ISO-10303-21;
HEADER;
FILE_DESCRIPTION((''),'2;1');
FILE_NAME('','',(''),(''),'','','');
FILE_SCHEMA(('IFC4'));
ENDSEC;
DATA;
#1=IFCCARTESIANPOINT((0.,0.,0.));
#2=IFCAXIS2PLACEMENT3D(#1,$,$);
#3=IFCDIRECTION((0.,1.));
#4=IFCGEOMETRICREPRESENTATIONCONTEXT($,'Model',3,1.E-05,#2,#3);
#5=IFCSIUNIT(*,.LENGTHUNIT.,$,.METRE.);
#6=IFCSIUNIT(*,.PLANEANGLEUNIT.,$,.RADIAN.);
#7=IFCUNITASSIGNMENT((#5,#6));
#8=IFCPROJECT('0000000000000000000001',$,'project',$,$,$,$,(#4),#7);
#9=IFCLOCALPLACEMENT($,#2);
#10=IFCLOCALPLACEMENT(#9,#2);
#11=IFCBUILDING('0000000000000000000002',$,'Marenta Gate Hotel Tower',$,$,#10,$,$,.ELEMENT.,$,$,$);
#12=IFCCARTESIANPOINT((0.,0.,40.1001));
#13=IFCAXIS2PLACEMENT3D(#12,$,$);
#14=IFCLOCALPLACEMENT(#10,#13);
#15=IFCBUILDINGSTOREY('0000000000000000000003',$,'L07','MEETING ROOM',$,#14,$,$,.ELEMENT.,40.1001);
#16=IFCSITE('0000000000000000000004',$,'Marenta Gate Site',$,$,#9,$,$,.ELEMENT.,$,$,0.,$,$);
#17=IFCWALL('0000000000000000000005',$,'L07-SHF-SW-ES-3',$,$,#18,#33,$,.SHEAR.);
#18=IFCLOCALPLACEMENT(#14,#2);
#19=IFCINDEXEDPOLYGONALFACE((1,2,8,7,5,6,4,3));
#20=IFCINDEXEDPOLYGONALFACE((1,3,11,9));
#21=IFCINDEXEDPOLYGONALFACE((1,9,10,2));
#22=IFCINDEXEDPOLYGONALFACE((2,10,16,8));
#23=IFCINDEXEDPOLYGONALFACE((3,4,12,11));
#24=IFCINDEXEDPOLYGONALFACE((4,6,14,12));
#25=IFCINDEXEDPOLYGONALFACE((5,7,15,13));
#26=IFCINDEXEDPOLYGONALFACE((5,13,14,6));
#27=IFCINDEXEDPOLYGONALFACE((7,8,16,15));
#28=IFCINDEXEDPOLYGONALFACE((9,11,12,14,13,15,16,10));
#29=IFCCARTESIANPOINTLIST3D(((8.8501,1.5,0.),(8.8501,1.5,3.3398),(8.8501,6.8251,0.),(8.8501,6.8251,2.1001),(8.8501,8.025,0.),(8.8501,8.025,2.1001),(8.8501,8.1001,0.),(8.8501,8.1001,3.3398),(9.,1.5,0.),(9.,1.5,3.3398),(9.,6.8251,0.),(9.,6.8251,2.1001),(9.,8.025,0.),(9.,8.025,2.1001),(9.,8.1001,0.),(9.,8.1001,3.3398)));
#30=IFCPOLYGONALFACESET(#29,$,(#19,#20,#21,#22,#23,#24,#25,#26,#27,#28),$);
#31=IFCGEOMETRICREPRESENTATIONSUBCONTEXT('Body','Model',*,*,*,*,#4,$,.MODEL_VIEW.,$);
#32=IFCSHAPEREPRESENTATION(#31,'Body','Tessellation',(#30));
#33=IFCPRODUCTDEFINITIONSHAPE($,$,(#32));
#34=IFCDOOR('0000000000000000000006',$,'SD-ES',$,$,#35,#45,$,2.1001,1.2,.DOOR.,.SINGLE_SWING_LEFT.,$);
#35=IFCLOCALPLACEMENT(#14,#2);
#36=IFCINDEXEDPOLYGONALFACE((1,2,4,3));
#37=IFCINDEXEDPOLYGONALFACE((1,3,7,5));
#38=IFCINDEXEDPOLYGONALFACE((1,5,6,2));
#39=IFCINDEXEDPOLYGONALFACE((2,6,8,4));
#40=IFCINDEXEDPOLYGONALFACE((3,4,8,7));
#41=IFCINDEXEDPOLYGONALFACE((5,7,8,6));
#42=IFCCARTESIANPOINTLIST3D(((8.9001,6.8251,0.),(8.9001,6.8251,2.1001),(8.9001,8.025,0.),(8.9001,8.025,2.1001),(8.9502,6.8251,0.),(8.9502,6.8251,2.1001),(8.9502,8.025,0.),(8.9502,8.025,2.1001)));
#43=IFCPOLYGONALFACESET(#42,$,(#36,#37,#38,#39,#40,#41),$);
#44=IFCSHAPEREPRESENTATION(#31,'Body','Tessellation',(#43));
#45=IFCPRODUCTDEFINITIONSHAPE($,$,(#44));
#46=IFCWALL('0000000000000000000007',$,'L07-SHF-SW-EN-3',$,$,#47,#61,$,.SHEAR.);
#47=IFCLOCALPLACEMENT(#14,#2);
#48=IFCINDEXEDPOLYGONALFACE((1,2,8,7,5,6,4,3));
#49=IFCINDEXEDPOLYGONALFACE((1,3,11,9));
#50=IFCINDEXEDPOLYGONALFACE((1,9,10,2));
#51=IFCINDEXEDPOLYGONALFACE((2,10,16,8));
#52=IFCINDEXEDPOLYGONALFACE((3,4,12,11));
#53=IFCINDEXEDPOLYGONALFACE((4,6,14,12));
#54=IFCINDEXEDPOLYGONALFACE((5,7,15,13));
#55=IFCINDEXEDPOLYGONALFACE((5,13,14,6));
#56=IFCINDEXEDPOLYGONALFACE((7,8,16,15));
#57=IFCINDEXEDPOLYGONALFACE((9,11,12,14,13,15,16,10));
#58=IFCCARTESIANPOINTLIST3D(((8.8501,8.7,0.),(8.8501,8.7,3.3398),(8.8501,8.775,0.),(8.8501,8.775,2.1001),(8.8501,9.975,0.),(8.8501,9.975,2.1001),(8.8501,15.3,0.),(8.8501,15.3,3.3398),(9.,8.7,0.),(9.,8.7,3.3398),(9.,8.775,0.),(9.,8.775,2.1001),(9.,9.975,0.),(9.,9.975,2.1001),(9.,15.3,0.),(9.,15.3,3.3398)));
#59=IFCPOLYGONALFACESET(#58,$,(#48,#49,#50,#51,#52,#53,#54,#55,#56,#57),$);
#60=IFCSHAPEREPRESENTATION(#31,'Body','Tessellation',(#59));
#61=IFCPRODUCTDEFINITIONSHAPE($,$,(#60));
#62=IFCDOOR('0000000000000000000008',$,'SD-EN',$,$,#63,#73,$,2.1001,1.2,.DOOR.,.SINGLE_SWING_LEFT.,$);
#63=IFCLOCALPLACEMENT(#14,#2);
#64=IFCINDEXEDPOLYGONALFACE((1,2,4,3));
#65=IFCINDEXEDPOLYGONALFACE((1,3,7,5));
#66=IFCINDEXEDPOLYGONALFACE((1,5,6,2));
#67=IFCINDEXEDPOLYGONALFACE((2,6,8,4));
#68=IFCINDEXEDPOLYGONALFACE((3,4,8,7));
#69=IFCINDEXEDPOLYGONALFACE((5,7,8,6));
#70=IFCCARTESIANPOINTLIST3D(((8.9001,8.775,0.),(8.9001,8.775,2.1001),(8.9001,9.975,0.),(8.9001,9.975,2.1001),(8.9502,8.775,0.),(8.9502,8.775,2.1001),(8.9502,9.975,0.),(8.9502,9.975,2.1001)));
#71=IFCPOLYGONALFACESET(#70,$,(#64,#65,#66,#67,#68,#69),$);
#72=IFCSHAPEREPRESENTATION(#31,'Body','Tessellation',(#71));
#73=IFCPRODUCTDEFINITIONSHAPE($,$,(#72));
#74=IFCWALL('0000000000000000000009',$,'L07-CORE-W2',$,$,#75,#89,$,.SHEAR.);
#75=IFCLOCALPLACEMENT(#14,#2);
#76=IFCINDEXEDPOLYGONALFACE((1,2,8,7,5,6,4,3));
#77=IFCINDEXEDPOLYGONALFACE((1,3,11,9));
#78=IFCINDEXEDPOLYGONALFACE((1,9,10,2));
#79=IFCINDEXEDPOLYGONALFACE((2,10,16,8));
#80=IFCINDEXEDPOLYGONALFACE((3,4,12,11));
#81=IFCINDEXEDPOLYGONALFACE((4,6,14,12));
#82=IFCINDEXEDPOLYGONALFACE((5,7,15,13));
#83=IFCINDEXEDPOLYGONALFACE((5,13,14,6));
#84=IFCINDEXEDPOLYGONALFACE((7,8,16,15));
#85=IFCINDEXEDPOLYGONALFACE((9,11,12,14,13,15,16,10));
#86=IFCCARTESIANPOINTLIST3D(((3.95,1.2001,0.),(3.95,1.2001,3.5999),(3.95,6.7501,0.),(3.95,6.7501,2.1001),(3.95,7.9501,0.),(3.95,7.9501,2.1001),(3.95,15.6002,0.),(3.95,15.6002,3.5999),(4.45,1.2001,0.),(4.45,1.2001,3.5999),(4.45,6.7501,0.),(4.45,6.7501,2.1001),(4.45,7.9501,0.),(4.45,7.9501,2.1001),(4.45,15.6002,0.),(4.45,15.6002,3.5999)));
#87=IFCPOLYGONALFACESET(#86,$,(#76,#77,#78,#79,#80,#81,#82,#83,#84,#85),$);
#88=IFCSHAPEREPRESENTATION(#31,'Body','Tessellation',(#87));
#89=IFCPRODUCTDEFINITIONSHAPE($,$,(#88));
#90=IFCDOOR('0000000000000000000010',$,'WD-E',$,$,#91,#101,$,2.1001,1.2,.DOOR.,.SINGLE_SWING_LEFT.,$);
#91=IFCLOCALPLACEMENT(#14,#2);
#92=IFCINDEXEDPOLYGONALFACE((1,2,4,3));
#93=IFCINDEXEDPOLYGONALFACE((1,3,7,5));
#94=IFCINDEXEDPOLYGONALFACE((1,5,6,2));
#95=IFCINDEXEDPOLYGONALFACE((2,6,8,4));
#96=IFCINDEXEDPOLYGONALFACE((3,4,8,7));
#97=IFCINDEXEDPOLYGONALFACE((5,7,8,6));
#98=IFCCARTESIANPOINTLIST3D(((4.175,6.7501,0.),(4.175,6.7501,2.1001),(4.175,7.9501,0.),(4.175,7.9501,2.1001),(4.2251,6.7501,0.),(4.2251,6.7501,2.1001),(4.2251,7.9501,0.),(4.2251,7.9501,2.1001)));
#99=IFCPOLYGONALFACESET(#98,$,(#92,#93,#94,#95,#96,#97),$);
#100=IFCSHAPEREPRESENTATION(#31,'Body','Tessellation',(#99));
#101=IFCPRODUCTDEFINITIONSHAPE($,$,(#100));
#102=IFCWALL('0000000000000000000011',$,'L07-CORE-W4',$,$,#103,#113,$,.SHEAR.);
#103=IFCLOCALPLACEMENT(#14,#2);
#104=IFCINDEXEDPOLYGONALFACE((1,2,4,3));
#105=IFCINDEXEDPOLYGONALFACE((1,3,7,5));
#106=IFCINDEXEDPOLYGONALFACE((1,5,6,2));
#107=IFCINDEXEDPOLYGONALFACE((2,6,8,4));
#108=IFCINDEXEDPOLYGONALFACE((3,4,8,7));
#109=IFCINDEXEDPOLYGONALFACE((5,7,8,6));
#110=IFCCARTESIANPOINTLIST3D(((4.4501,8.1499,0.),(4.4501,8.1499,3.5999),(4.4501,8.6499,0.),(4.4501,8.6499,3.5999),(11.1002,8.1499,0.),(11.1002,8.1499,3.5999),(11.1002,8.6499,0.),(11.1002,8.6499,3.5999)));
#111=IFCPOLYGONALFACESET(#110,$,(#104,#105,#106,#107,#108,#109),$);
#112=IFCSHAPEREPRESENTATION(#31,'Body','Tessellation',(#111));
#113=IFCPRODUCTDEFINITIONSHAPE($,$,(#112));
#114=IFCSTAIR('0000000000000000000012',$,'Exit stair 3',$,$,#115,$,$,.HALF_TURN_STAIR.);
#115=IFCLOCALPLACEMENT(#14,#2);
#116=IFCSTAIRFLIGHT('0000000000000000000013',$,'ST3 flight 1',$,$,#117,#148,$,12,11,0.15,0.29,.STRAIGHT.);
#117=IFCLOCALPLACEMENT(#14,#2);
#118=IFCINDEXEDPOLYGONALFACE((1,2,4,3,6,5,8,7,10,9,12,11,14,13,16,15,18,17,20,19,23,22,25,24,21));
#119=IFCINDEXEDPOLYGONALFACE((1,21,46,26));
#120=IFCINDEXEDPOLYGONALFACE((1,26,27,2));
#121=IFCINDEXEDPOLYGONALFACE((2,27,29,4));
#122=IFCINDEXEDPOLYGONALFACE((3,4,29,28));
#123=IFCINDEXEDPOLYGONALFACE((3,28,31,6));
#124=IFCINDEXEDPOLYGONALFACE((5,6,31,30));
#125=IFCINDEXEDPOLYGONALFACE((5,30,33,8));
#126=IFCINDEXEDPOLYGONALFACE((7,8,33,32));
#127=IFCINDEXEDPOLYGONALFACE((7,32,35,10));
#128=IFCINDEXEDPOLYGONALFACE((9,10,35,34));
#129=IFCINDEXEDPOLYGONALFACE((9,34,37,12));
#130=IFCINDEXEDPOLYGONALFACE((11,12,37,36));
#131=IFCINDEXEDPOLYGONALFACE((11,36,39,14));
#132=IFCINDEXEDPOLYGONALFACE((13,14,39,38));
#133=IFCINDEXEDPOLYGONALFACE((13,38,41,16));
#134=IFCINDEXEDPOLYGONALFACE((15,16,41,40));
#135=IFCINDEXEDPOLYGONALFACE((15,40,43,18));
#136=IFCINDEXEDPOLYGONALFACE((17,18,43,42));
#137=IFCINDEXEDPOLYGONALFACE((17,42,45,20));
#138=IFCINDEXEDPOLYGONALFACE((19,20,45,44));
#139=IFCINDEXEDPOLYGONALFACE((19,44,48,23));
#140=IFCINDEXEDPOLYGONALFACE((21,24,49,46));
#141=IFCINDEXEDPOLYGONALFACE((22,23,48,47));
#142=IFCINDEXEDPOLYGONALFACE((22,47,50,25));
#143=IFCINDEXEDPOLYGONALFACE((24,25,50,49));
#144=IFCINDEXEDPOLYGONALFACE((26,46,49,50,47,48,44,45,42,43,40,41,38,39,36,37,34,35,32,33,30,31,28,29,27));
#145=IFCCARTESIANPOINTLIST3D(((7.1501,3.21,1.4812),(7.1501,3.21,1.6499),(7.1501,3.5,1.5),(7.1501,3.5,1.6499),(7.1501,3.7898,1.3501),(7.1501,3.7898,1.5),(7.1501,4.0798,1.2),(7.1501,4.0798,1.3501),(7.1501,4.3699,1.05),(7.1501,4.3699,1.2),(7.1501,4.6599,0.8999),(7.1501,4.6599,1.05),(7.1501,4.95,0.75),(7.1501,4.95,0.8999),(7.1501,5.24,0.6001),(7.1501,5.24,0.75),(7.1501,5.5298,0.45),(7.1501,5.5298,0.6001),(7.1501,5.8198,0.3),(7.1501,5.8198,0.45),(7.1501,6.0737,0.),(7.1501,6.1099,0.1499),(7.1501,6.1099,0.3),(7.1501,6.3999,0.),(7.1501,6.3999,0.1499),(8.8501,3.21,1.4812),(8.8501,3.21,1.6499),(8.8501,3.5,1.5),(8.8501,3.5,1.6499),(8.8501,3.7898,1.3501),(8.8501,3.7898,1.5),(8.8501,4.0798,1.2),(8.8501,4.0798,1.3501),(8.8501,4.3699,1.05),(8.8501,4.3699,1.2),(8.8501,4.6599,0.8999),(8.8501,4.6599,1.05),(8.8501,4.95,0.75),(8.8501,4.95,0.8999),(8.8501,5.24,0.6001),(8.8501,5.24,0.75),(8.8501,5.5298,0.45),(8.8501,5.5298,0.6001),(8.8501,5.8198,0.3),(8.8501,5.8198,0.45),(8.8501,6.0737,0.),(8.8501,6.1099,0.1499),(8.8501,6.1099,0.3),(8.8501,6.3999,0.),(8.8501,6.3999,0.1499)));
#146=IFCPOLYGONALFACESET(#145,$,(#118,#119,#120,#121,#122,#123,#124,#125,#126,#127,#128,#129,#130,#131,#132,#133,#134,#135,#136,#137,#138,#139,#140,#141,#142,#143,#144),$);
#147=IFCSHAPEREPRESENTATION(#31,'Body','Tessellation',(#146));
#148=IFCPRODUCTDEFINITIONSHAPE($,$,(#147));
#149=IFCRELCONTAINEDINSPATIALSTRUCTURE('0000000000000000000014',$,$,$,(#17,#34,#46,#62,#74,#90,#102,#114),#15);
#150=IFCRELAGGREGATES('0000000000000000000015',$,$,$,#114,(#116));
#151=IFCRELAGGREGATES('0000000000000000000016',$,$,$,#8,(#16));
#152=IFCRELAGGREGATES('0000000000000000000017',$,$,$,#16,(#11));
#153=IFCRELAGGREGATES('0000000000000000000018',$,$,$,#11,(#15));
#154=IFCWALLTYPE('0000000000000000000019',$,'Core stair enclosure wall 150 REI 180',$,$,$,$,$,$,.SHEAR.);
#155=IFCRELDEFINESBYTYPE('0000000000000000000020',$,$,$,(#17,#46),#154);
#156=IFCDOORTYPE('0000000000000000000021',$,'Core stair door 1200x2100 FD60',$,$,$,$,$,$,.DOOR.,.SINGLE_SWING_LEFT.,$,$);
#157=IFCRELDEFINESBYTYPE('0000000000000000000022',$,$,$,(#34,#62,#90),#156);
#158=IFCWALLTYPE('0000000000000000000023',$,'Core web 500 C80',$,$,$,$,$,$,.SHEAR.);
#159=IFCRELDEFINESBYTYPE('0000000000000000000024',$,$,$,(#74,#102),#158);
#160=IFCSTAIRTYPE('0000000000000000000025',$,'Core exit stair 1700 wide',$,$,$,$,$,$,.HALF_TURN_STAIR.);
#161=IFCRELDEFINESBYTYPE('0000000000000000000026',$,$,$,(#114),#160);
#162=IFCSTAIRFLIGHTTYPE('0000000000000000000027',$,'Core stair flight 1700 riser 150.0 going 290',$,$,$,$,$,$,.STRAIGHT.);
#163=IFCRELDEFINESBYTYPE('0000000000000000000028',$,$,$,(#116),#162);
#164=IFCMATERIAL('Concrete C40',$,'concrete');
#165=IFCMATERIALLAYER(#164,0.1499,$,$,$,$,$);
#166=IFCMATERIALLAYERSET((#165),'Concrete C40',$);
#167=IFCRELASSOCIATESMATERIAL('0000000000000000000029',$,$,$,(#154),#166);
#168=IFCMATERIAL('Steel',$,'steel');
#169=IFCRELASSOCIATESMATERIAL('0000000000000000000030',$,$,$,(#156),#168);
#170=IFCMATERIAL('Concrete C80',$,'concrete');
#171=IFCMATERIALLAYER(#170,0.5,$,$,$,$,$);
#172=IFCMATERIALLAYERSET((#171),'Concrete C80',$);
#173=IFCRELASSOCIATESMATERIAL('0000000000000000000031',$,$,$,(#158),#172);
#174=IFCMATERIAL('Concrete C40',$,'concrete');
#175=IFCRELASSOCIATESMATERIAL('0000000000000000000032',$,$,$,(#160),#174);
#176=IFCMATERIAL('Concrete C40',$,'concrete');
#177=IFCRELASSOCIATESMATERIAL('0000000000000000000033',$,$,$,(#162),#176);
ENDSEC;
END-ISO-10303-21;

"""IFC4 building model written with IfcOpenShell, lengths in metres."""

from ifc_helpers import new_model, si_unit, direction, frame, frame_2d, origin, place, context, subcontext, project, spatial, polyline, rectangle, outline, extrude, material, layer, layer_set, type_object, element, fill, aggregate, save


model = new_model("IFC4")

# Units and contexts
model_context = context("Model", 3, precision=1e-05, world=origin(), true_north=direction((0.0, 1.0)))
body_context = subcontext(model_context, "Body", "Model", "MODEL_VIEW")
ifc_project = project(units=[si_unit("LENGTHUNIT", "METRE"), si_unit("PLANEANGLEUNIT", "RADIAN")], contexts=[model_context])

# Site, building, storey
site_placement = place(None, origin())
site = spatial("IfcSite", under=ifc_project, at=site_placement, Name="Marenta Gate Site", CompositionType="ELEMENT", RefElevation=0.0)
building_placement = place(site_placement, origin())
building = spatial("IfcBuilding", under=site, at=building_placement, Name="Marenta Gate Hotel Tower", CompositionType="ELEMENT")
storey_placement = place(building_placement, frame((0.0, 0.0, 40.1001)))
storey = spatial("IfcBuildingStorey", under=building, at=storey_placement, Name="L07", Description="MEETING ROOM", CompositionType="ELEMENT", Elevation=40.1001)

# Walls, openings, doors
ifc_material_1 = material(Name="Concrete C40", Category="concrete")
ifc_layer_1 = layer(ifc_material_1, 0.1499)
ifc_layer_set_1 = layer_set([ifc_layer_1], Name="Concrete C40")
wall_type_1 = type_object("IfcWallType", Name="Core stair enclosure wall 150 REI 180", PredefinedType="SHEAR", material=ifc_layer_set_1)
wall_1_placement = place(storey_placement, frame((8.925, 1.5, 0.0), z_axis=(0.0, 0.0, 1.0), x_axis=(0.0, 1.0, 0.0)))
wall_1 = element("IfcWall", 1, at=wall_1_placement, inside=storey, type_object=wall_type_1, Name="L07-SHF-SW-ES-3", PredefinedType="SHEAR", context=body_context, shape_type="SweptSolid", body=[
    extrude(rectangle(XDim=6.6001, YDim=0.1499, at=frame_2d((3.3, 0.0))), origin(), (0.0, 0.0, 1.0), 3.3398),
])
opening_1_placement = place(wall_1_placement, frame((5.325, 0.0, 0.0)))
opening_1 = element("IfcOpeningElement", 2, at=opening_1_placement, cuts=wall_1, PredefinedType="OPENING", context=body_context, shape_type="SweptSolid", body=[
    extrude(rectangle(XDim=1.2, YDim=2.1001, at=frame_2d((0.6001, 1.05))), frame((0.0, 0.075, 0.0), z_axis=(0.0, -1.0, 0.0), x_axis=(1.0, 0.0, 0.0)), (0.0, 0.0, 1.0), 0.1499),
])
ifc_material_2 = material(Name="Steel", Category="steel")
door_type_1 = type_object("IfcDoorType", Name="Core stair door 1200x2100 FD60", OperationType="SINGLE_SWING_LEFT", PredefinedType="DOOR", material=ifc_material_2)
door_1_placement = place(opening_1_placement, origin())
door_1 = element("IfcDoor", 3, at=door_1_placement, inside=storey, type_object=door_type_1, Name="SD-ES", OperationType="SINGLE_SWING_LEFT", OverallHeight=2.1001, OverallWidth=1.2, PredefinedType="DOOR", context=body_context, shape_type="SweptSolid", body=[
    extrude(rectangle(XDim=1.2, YDim=2.1001, at=frame_2d((0.6001, 1.05))), frame((0.0, 0.0249, 0.0), z_axis=(0.0, -1.0, 0.0), x_axis=(1.0, 0.0, 0.0)), (0.0, 0.0, 1.0), 0.05),
])
fill(opening_1, door_1)
wall_2_placement = place(storey_placement, frame((8.925, 8.7, 0.0), z_axis=(0.0, 0.0, 1.0), x_axis=(0.0, 1.0, 0.0)))
wall_2 = element("IfcWall", 4, at=wall_2_placement, inside=storey, type_object=wall_type_1, Name="L07-SHF-SW-EN-3", PredefinedType="SHEAR", context=body_context, shape_type="SweptSolid", body=[
    extrude(rectangle(XDim=6.6001, YDim=0.1499, at=frame_2d((3.3, 0.0))), origin(), (0.0, 0.0, 1.0), 3.3398),
])
opening_2_placement = place(wall_2_placement, frame((0.075, 0.0, 0.0)))
opening_2 = element("IfcOpeningElement", 5, at=opening_2_placement, cuts=wall_2, PredefinedType="OPENING", context=body_context, shape_type="SweptSolid", body=[
    extrude(rectangle(XDim=1.2, YDim=2.1001, at=frame_2d((0.6001, 1.05))), frame((0.0, 0.075, 0.0), z_axis=(0.0, -1.0, 0.0), x_axis=(1.0, 0.0, 0.0)), (0.0, 0.0, 1.0), 0.1499),
])
door_2_placement = place(opening_2_placement, origin())
door_2 = element("IfcDoor", 6, at=door_2_placement, inside=storey, type_object=door_type_1, Name="SD-EN", OperationType="SINGLE_SWING_LEFT", OverallHeight=2.1001, OverallWidth=1.2, PredefinedType="DOOR", context=body_context, shape_type="SweptSolid", body=[
    extrude(rectangle(XDim=1.2, YDim=2.1001, at=frame_2d((0.6001, 1.05))), frame((0.0, 0.0249, 0.0), z_axis=(0.0, -1.0, 0.0), x_axis=(1.0, 0.0, 0.0)), (0.0, 0.0, 1.0), 0.05),
])
fill(opening_2, door_2)
ifc_material_3 = material(Name="Concrete C80", Category="concrete")
ifc_layer_2 = layer(ifc_material_3, 0.5)
ifc_layer_set_2 = layer_set([ifc_layer_2], Name="Concrete C80")
wall_type_2 = type_object("IfcWallType", Name="Core web 500 C80", PredefinedType="SHEAR", material=ifc_layer_set_2)
wall_3_placement = place(storey_placement, frame((4.2, 1.2, 0.0), z_axis=(0.0, 0.0, 1.0), x_axis=(0.0, 1.0, 0.0)))
wall_3 = element("IfcWall", 7, at=wall_3_placement, inside=storey, type_object=wall_type_2, Name="L07-CORE-W2", PredefinedType="SHEAR", context=body_context, shape_type="SweptSolid", body=[
    extrude(rectangle(XDim=14.4001, YDim=0.5, at=frame_2d((7.2002, 0.0))), origin(), (0.0, 0.0, 1.0), 3.5999),
])
opening_3_placement = place(wall_3_placement, frame((5.55, 0.0, 0.0)))
opening_3 = element("IfcOpeningElement", 8, at=opening_3_placement, cuts=wall_3, PredefinedType="OPENING", context=body_context, shape_type="SweptSolid", body=[
    extrude(rectangle(XDim=1.2, YDim=2.1001, at=frame_2d((0.6001, 1.05))), frame((0.0, 0.25, 0.0), z_axis=(0.0, -1.0, 0.0), x_axis=(1.0, 0.0, 0.0)), (0.0, 0.0, 1.0), 0.5),
])
door_3_placement = place(opening_3_placement, origin())
door_3 = element("IfcDoor", 9, at=door_3_placement, inside=storey, type_object=door_type_1, Name="WD-E", OperationType="SINGLE_SWING_LEFT", OverallHeight=2.1001, OverallWidth=1.2, PredefinedType="DOOR", context=body_context, shape_type="SweptSolid", body=[
    extrude(rectangle(XDim=1.2, YDim=2.1001, at=frame_2d((0.6001, 1.05))), frame((0.0, 0.0249, 0.0), z_axis=(0.0, -1.0, 0.0), x_axis=(1.0, 0.0, 0.0)), (0.0, 0.0, 1.0), 0.05),
])
fill(opening_3, door_3)

# Wall
wall_4_placement = place(storey_placement, frame((4.45, 8.3999, 0.0), z_axis=(0.0, 0.0, 1.0), x_axis=(1.0, 0.0, 0.0)))
element("IfcWall", 10, at=wall_4_placement, inside=storey, type_object=wall_type_2, Name="L07-CORE-W4", PredefinedType="SHEAR", context=body_context, shape_type="SweptSolid", body=[
    extrude(rectangle(XDim=6.6501, YDim=0.5, at=frame_2d((3.3252, 0.0))), origin(), (0.0, 0.0, 1.0), 3.5999),
])

# Stair, stair flight
ifc_material_4 = material(Name="Concrete C40", Category="concrete")
stair_type = type_object("IfcStairType", Name="Core exit stair 1700 wide", PredefinedType="HALF_TURN_STAIR", material=ifc_material_4)
stair_placement = place(storey_placement, origin())
stair = element("IfcStair", 11, at=stair_placement, inside=storey, type_object=stair_type, Name="Exit stair 3", PredefinedType="HALF_TURN_STAIR")
ifc_material_5 = material(Name="Concrete C40", Category="concrete")
stair_flight_type = type_object("IfcStairFlightType", Name="Core stair flight 1700 riser 150.0 going 290", PredefinedType="STRAIGHT", material=ifc_material_5)
stair_flight_1_placement = place(storey_placement, frame((8.0, 6.3999, 0.0), z_axis=(0.0, 0.0, 1.0), x_axis=(0.0, -1.0, 0.0)))
stair_flight_1 = element("IfcStairFlight", 12, at=stair_flight_1_placement, type_object=stair_flight_type, Name="ST3 flight 1", NumberOfRisers=12, NumberOfTreads=11, PredefinedType="STRAIGHT", RiserHeight=0.15, TreadLength=0.29, context=body_context, shape_type="SweptSolid", body=[
    extrude(outline(polyline([(0.0, 0.0), (0.0, 0.1499), (0.29, 0.1499), (0.29, 0.3), (0.5801, 0.3), (0.5801, 0.45), (0.8701, 0.45), (0.8701, 0.6001), (1.1599, 0.6001), (1.1599, 0.75), (1.45, 0.75), (1.45, 0.8999), (1.74, 0.8999), (1.74, 1.05), (2.03, 1.05), (2.03, 1.2), (2.3201, 1.2), (2.3201, 1.3501), (2.6101, 1.3501), (2.6101, 1.5), (2.8999, 1.5), (2.8999, 1.6499), (3.1899, 1.6499), (3.1899, 1.8), (3.1899, 1.4812), (0.3262, 0.0), (0.0, 0.0)])), frame((0.0, 0.8501, 0.0), z_axis=(0.0, -1.0, 0.0), x_axis=(1.0, 0.0, 0.0)), (0.0, 0.0, 1.0), 1.7),
])
aggregate(stair, [stair_flight_1])

save(model, "model.ifc")
